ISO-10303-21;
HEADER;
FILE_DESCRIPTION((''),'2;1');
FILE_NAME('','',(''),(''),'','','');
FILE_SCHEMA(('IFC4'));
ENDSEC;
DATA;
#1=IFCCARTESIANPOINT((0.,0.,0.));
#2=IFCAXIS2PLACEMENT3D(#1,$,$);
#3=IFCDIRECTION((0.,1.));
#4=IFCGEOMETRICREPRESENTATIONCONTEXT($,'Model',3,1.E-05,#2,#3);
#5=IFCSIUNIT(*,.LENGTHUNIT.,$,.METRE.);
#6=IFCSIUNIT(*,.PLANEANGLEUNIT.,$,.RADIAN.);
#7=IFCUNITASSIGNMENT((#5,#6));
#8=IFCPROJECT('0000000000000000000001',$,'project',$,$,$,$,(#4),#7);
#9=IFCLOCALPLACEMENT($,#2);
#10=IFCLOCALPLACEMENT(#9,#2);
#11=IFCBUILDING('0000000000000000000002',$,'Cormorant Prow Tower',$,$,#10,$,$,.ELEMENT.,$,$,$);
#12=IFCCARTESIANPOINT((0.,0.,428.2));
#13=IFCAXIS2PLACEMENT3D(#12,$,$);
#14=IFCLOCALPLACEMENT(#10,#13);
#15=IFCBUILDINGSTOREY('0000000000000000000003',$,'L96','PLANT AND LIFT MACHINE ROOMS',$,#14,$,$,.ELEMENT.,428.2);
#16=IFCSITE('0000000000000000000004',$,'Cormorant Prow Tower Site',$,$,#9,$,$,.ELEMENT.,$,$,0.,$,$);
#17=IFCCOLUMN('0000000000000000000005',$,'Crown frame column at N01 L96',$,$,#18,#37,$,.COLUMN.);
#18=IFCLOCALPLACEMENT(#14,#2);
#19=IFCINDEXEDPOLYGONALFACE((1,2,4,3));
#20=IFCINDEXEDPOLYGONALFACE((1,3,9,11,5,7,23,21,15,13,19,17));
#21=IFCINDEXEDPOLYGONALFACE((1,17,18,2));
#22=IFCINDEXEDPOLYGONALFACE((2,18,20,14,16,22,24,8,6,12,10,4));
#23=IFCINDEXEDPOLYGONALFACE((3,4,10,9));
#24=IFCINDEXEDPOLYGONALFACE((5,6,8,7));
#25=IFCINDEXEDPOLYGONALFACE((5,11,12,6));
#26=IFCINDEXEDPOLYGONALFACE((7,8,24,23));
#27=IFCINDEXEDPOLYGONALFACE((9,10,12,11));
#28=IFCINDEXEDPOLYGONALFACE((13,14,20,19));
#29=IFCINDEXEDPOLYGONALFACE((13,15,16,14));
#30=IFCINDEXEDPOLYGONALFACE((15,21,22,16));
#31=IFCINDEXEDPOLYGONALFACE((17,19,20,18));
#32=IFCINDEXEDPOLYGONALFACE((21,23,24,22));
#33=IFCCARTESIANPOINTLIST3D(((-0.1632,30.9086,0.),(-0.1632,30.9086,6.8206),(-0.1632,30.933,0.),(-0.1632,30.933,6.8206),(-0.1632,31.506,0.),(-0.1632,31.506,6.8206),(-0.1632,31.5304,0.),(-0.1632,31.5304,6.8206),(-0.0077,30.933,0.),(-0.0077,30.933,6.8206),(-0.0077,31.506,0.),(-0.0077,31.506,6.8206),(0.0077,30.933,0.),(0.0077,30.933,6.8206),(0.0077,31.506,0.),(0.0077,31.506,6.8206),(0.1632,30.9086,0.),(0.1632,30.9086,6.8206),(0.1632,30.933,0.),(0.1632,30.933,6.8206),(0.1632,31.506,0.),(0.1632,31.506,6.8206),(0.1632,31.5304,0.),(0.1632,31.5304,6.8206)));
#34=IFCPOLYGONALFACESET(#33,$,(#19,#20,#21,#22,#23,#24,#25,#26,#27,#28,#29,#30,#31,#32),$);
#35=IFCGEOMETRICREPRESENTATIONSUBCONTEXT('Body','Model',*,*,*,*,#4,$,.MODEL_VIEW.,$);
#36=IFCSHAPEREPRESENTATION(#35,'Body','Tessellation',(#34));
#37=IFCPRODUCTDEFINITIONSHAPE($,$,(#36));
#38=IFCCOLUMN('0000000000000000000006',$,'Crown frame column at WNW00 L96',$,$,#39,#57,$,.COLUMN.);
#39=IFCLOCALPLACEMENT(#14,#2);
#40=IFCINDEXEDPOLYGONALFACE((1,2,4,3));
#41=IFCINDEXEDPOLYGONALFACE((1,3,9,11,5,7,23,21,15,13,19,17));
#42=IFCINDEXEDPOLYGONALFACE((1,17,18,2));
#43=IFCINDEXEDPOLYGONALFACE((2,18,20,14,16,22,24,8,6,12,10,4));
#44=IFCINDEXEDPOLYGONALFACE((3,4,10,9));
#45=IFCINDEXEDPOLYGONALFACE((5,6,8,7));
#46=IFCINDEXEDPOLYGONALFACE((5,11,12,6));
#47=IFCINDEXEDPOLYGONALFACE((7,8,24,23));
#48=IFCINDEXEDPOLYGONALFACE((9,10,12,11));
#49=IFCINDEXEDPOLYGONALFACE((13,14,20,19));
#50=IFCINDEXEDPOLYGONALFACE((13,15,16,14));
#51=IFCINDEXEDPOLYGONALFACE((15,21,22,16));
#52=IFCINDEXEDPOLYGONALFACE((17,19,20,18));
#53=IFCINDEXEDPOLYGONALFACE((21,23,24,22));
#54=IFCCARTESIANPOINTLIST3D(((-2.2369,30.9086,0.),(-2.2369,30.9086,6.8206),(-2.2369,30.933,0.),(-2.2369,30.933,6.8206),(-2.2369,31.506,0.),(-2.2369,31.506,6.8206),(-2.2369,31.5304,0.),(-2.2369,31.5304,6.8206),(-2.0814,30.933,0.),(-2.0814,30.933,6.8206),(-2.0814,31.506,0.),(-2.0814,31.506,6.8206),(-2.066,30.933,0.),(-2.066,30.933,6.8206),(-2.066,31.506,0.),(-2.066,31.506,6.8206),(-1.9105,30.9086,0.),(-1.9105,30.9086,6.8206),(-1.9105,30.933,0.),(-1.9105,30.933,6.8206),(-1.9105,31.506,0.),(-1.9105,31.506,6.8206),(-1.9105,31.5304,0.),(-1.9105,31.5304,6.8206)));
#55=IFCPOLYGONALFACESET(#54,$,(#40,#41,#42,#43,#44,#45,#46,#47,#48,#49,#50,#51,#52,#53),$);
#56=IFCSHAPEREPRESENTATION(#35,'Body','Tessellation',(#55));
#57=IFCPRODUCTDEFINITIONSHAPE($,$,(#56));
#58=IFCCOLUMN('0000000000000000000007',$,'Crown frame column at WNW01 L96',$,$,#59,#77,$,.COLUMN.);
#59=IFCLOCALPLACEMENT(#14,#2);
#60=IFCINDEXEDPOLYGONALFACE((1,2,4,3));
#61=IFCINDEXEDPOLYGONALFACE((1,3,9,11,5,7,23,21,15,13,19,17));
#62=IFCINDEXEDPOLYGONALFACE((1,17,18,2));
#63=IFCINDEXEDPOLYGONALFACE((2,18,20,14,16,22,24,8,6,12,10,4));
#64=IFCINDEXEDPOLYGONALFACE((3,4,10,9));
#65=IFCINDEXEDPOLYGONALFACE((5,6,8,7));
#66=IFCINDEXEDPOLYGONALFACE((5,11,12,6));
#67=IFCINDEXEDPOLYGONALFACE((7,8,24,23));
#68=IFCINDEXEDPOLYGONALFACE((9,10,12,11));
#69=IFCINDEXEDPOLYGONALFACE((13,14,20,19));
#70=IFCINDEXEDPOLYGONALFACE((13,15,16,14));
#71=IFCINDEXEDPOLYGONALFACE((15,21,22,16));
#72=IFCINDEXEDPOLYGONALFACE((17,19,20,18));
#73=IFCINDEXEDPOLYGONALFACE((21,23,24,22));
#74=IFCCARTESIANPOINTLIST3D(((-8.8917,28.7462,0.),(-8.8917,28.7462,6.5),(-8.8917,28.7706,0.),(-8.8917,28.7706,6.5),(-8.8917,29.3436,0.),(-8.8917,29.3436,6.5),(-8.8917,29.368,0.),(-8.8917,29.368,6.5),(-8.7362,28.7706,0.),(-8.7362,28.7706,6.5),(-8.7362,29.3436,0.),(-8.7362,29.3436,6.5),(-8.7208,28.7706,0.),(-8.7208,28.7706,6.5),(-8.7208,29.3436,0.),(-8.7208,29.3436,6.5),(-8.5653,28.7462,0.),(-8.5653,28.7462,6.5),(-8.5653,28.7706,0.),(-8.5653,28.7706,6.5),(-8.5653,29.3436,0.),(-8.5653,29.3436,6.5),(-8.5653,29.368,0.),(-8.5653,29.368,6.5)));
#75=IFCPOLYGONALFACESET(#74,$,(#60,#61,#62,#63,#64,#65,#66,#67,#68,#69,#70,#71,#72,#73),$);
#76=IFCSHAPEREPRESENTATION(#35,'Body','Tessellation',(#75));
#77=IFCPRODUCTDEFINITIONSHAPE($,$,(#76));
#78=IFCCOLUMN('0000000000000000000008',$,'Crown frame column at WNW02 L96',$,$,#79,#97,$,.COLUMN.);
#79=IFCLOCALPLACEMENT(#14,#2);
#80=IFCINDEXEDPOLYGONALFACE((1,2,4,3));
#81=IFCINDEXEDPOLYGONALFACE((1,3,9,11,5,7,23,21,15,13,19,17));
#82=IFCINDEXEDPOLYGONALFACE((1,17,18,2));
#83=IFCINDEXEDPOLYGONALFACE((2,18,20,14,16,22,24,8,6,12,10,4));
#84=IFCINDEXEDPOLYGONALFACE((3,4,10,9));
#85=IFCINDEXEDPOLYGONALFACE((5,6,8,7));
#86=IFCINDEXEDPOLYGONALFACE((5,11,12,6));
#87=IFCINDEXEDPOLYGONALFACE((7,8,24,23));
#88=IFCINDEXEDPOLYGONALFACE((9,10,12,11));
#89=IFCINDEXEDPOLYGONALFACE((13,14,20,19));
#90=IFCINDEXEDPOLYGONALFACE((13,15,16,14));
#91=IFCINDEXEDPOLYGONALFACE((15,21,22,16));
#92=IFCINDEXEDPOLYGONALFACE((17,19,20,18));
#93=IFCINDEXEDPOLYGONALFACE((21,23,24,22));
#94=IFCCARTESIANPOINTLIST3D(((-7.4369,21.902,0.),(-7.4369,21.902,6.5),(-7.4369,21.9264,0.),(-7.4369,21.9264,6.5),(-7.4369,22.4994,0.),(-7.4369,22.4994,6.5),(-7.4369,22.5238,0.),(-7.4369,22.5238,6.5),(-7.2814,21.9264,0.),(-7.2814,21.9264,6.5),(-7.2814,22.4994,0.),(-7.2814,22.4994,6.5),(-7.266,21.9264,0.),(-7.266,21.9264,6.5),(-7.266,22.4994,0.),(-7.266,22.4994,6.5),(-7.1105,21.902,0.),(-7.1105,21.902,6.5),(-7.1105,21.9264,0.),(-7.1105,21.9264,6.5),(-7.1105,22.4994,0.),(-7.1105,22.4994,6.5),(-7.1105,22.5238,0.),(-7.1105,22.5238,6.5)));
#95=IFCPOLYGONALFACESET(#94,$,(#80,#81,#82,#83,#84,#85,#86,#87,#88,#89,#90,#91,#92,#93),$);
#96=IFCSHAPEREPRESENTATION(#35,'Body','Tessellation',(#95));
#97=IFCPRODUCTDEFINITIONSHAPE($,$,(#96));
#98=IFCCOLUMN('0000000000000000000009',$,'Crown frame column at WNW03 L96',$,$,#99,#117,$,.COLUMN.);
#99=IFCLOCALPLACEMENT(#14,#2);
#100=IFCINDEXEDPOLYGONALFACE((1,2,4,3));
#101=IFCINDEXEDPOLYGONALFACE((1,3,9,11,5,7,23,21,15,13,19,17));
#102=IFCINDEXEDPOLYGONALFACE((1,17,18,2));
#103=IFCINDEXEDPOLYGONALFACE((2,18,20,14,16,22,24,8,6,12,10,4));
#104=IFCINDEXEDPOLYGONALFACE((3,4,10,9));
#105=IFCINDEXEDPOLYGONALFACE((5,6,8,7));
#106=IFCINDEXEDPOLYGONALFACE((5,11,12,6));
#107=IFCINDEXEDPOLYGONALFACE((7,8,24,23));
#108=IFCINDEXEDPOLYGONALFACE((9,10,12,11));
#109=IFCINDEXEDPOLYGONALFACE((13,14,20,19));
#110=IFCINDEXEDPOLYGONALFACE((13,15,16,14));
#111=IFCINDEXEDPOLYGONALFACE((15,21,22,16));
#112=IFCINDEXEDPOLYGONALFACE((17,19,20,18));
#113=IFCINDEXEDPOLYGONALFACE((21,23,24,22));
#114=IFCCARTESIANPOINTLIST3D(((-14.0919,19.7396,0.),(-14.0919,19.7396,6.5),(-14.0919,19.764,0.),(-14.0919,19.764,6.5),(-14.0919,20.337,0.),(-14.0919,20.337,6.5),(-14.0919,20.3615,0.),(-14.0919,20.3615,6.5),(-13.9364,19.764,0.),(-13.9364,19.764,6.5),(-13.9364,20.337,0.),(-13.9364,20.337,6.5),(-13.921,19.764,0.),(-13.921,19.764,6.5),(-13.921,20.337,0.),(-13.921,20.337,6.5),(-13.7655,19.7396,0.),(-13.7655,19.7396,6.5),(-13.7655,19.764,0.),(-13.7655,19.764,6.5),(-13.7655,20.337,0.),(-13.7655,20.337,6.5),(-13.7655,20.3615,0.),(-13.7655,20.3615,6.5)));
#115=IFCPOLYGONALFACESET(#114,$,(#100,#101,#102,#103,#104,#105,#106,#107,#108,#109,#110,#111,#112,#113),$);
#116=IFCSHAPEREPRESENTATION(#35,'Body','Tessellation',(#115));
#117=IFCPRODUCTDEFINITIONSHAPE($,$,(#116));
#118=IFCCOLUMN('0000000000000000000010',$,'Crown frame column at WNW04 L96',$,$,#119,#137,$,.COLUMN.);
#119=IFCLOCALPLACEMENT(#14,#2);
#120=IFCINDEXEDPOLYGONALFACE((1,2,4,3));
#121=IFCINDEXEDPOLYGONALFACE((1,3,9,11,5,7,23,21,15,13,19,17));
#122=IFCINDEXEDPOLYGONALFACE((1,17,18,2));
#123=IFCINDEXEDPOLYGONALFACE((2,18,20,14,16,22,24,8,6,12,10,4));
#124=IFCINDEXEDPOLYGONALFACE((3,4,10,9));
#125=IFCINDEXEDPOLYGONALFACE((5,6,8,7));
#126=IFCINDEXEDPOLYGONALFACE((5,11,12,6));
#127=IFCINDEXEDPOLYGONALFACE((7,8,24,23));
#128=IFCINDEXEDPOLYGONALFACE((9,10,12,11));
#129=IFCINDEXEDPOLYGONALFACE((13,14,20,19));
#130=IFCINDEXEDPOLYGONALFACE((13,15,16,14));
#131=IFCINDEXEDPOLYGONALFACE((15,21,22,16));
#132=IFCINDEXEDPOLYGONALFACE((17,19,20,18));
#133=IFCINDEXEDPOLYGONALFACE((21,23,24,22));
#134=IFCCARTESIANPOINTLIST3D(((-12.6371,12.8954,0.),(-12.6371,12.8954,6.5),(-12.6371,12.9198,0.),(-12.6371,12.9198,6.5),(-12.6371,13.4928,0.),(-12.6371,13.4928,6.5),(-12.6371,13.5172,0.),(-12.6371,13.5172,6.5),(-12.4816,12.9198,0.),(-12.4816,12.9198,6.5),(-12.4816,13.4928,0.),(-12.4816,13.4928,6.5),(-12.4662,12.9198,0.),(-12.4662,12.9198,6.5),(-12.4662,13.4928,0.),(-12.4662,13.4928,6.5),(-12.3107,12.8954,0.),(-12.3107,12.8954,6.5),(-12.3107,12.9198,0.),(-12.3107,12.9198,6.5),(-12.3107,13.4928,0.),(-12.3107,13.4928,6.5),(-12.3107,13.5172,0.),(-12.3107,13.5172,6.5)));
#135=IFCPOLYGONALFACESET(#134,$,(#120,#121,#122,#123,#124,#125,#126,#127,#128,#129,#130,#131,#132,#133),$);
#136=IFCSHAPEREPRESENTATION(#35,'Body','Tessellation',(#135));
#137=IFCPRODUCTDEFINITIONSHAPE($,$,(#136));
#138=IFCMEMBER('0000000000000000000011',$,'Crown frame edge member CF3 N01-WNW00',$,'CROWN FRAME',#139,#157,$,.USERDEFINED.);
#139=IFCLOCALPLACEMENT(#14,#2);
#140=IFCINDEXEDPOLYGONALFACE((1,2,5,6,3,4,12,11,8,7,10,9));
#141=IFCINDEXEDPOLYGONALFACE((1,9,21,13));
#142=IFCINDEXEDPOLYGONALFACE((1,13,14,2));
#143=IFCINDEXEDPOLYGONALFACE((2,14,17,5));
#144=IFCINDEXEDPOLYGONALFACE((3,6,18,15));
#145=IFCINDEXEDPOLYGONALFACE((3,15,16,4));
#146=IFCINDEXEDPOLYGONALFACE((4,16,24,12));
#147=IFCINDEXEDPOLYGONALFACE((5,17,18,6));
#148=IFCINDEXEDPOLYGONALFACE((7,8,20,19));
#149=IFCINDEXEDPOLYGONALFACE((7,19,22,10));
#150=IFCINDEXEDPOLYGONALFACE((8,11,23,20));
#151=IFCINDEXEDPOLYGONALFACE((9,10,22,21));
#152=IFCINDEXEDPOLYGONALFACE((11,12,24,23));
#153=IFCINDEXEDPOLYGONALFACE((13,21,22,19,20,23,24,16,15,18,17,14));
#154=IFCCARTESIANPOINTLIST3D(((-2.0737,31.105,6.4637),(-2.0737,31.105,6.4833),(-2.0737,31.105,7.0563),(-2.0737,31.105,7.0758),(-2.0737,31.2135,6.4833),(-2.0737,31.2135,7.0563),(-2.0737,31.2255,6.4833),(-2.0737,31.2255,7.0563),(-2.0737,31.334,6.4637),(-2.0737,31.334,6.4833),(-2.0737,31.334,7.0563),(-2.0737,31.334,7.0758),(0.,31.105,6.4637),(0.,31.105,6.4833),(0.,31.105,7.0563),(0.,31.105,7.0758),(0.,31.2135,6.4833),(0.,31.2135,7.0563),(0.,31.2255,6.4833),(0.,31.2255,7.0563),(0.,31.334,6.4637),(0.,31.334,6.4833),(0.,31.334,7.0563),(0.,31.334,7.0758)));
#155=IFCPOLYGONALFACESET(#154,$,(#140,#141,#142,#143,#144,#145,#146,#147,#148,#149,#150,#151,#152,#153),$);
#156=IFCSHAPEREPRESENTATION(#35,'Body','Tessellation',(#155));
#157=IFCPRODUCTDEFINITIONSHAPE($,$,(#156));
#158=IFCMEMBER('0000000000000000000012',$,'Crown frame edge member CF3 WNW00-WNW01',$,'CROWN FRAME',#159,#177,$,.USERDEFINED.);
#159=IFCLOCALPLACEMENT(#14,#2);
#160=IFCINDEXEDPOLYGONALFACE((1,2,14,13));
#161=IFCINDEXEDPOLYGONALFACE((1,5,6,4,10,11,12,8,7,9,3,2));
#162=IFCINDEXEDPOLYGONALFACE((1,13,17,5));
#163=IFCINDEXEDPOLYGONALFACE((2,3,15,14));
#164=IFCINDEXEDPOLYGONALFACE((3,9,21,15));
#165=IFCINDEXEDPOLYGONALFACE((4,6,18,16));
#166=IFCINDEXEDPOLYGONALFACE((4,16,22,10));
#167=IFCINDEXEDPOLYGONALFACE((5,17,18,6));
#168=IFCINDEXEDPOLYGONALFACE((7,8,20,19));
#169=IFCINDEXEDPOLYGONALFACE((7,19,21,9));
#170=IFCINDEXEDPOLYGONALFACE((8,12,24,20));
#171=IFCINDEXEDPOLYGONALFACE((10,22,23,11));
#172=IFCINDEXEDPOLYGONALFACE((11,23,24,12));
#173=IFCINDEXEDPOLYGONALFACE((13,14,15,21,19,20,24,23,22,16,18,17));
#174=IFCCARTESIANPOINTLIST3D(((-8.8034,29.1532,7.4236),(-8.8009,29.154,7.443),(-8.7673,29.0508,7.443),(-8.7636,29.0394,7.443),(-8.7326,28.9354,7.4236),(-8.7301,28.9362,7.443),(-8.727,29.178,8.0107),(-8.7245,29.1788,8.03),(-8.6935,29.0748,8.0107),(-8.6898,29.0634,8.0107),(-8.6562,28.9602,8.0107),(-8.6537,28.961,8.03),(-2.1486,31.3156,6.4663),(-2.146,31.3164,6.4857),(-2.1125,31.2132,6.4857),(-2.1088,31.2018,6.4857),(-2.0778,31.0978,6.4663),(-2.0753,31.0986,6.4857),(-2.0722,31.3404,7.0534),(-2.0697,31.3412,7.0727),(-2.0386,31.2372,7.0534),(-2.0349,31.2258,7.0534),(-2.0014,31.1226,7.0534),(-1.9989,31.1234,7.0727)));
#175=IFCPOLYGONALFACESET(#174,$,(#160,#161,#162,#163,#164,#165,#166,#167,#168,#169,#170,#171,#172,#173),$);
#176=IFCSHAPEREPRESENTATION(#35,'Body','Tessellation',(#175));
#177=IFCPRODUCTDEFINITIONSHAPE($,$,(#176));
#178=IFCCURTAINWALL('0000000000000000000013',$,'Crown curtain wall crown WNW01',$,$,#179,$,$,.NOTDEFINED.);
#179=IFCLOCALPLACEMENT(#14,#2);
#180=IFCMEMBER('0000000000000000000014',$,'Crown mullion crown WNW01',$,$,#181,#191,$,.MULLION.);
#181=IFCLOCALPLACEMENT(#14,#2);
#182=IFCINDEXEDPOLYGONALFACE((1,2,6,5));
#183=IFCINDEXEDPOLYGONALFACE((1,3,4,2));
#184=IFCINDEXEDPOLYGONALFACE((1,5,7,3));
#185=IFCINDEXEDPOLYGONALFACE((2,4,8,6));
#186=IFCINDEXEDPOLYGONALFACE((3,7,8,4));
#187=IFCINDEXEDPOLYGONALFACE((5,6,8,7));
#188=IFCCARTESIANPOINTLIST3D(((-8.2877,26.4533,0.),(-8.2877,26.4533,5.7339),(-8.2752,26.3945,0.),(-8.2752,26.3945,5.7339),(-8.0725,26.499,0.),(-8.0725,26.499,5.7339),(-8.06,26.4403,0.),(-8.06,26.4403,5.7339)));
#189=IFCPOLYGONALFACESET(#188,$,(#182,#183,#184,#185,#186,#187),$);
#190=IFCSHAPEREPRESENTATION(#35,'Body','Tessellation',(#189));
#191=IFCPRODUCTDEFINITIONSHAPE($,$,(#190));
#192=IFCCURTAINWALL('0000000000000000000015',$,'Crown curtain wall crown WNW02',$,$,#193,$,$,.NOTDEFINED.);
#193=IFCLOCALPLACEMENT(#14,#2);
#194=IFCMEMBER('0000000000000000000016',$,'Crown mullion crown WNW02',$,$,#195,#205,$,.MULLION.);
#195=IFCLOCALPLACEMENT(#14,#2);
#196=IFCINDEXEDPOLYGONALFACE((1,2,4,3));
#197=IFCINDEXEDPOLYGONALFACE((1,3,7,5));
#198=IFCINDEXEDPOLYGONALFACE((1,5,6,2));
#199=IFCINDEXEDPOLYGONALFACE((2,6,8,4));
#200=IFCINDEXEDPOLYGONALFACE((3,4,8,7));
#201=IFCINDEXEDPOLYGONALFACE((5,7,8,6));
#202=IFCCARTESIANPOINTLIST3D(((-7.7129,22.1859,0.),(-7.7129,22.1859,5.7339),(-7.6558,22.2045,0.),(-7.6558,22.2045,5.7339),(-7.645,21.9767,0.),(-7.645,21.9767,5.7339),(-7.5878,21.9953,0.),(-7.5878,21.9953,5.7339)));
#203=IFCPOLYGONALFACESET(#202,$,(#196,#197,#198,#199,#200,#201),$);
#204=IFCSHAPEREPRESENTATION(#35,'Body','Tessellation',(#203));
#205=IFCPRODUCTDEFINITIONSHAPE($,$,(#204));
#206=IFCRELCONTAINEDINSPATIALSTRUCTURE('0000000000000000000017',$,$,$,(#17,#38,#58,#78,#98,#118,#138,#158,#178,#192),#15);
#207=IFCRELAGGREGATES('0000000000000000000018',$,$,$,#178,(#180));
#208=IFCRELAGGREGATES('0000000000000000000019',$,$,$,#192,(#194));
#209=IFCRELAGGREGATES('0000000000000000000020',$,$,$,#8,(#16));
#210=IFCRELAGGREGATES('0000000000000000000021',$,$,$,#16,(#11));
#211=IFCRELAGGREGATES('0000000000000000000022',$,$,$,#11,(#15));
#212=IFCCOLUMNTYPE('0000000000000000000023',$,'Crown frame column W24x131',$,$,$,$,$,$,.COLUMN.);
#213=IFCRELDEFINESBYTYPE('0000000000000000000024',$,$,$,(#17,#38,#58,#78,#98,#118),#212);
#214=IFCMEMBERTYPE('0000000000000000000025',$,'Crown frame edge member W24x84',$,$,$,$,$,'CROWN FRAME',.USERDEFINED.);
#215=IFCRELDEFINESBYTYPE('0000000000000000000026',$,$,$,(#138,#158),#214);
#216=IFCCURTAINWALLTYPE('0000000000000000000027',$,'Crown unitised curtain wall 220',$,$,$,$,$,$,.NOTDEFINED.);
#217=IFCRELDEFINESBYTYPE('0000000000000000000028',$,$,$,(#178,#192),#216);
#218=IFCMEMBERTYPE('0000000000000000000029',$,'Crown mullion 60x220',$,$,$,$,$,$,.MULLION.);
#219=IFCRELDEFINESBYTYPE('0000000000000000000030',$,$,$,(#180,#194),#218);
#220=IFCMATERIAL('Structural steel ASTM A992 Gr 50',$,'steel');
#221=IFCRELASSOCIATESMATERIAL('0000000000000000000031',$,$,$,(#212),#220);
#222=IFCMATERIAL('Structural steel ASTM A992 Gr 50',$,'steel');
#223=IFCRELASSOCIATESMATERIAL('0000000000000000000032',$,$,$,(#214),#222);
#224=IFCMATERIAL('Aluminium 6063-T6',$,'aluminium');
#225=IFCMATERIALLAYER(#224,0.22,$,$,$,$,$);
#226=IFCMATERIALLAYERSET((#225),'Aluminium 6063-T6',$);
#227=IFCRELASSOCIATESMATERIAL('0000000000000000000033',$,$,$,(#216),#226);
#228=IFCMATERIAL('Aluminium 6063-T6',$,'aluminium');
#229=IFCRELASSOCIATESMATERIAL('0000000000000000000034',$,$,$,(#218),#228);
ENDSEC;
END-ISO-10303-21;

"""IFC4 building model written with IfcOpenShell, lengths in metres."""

from ifc_helpers import new_model, si_unit, direction, frame, origin, origin_2d, place, context, subcontext, project, spatial, rectangle, i_section, extrude, material, layer, layer_set, material_profile, profile_set, type_object, element, aggregate, save


model = new_model("IFC4")

# Units and contexts
model_context = context("Model", 3, precision=1e-05, world=origin(), true_north=direction((0.0, 1.0)))
body_context = subcontext(model_context, "Body", "Model", "MODEL_VIEW")
ifc_project = project(units=[si_unit("LENGTHUNIT", "METRE"), si_unit("PLANEANGLEUNIT", "RADIAN")], contexts=[model_context])

# Site, building, storey
site_placement = place(None, origin())
site = spatial("IfcSite", under=ifc_project, at=site_placement, Name="Cormorant Prow Tower Site", CompositionType="ELEMENT", RefElevation=0.0)
building_placement = place(site_placement, origin())
building = spatial("IfcBuilding", under=site, at=building_placement, Name="Cormorant Prow Tower", CompositionType="ELEMENT")
storey_placement = place(building_placement, frame((0.0, 0.0, 428.2)))
storey = spatial("IfcBuildingStorey", under=building, at=storey_placement, Name="L96", Description="PLANT AND LIFT MACHINE ROOMS", CompositionType="ELEMENT", Elevation=428.2)

# Columns
ifc_material_1 = material(Name="Structural steel ASTM A992 Gr 50", Category="steel")
ifc_material_profile_1 = material_profile(ifc_material_1, i_section(OverallWidth=0.3264, OverallDepth=0.6218, WebThickness=0.0154, FlangeThickness=0.0244, at=origin_2d()), Name="W24x131")
ifc_profile_set_1 = profile_set([ifc_material_profile_1], Name="Structural steel ASTM A992 Gr 50")
column_type = type_object("IfcColumnType", Name="Crown frame column W24x131", PredefinedType="COLUMN", material=ifc_profile_set_1)
for number, where, z_axis, x_axis, name in (
    (1, (0.0, 31.2195, 0.0), (0.0, 0.0, 1.0), (1.0, 0.0, 0.0), "Crown frame column at N01 L96"),
    (2, (-2.0737, 31.2195, 0.0), (0.0, 0.0, 1.0), (1.0, 0.0, 0.0), "Crown frame column at WNW00 L96"),
):
    element("IfcColumn", number, at=place(storey_placement, frame(where, z_axis=z_axis, x_axis=x_axis)), inside=storey, type_object=column_type, Name=name, PredefinedType="COLUMN", context=body_context, shape_type="SweptSolid", body=[
        extrude(i_section(OverallWidth=0.3264, OverallDepth=0.6218, WebThickness=0.0154, FlangeThickness=0.0244, at=origin_2d()), origin(), (0.0, 0.0, 1.0), 6.8206),
    ])
for number, where, z_axis, x_axis, name in (
    (3, (-8.7285, 29.0571, 0.0), (0.0, 0.0, 1.0), (1.0, 0.0, 0.0), "Crown frame column at WNW01 L96"),
    (4, (-7.2737, 22.2129, 0.0), (0.0, 0.0, 1.0), (1.0, 0.0, 0.0), "Crown frame column at WNW02 L96"),
    (5, (-13.9287, 20.0505, 0.0), (0.0, 0.0, 1.0), (1.0, 0.0, 0.0), "Crown frame column at WNW03 L96"),
    (6, (-12.4739, 13.2063, 0.0), (0.0, 0.0, 1.0), (1.0, 0.0, 0.0), "Crown frame column at WNW04 L96"),
):
    element("IfcColumn", number, at=place(storey_placement, frame(where, z_axis=z_axis, x_axis=x_axis)), inside=storey, type_object=column_type, Name=name, PredefinedType="COLUMN", context=body_context, shape_type="SweptSolid", body=[
        extrude(i_section(OverallWidth=0.3264, OverallDepth=0.6218, WebThickness=0.0154, FlangeThickness=0.0244, at=origin_2d()), origin(), (0.0, 0.0, 1.0), 6.5),
    ])

# Members
ifc_material_2 = material(Name="Structural steel ASTM A992 Gr 50", Category="steel")
ifc_material_profile_2 = material_profile(ifc_material_2, i_section(OverallWidth=0.229, OverallDepth=0.6121, WebThickness=0.012, FlangeThickness=0.0195, at=origin_2d()), Name="W24x84")
ifc_profile_set_2 = profile_set([ifc_material_profile_2], Name="Structural steel ASTM A992 Gr 50")
member_type_1 = type_object("IfcMemberType", Name="Crown frame edge member W24x84", ElementType="CROWN FRAME", PredefinedType="USERDEFINED", material=ifc_profile_set_2)
member_1_placement = place(storey_placement, frame((0.0, 31.2195, 6.7698), z_axis=(-1.0, 0.0, 0.0), x_axis=(0.0, -1.0, 0.0)))
element("IfcMember", 7, at=member_1_placement, inside=storey, type_object=member_type_1, Name="Crown frame edge member CF3 N01-WNW00", ObjectType="CROWN FRAME", PredefinedType="USERDEFINED", context=body_context, shape_type="SweptSolid", body=[
    extrude(i_section(OverallWidth=0.229, OverallDepth=0.6121, WebThickness=0.012, FlangeThickness=0.0195, at=origin_2d()), origin(), (0.0, 0.0, 1.0), 2.0737),
])
member_2_placement = place(storey_placement, frame((-2.0737, 31.2195, 6.7695), z_axis=(-0.942276, -0.306176, 0.135544), x_axis=(0.309028, -0.951053, 0.0)))
element("IfcMember", 8, at=member_2_placement, inside=storey, type_object=member_type_1, Name="Crown frame edge member CF3 WNW00-WNW01", ObjectType="CROWN FRAME", PredefinedType="USERDEFINED", context=body_context, shape_type="SweptSolid", body=[
    extrude(i_section(OverallWidth=0.229, OverallDepth=0.6121, WebThickness=0.012, FlangeThickness=0.0195, at=origin_2d()), origin(), (0.0, 0.0, 1.0), 7.0625),
])

# Curtain walls, members
ifc_material_3 = material(Name="Aluminium 6063-T6", Category="aluminium")
ifc_layer_1 = layer(ifc_material_3, 0.22)
ifc_layer_set_1 = layer_set([ifc_layer_1], Name="Aluminium 6063-T6")
curtain_wall_type = type_object("IfcCurtainWallType", Name="Crown unitised curtain wall 220", PredefinedType="NOTDEFINED", material=ifc_layer_set_1)
curtain_wall_1_placement = place(storey_placement, origin())
curtain_wall_1 = element("IfcCurtainWall", 9, at=curtain_wall_1_placement, inside=storey, type_object=curtain_wall_type, Name="Crown curtain wall crown WNW01", PredefinedType="NOTDEFINED")
ifc_material_4 = material(Name="Aluminium 6063-T6", Category="aluminium")
ifc_material_profile_3 = material_profile(ifc_material_4, rectangle(XDim=0.22, YDim=0.0601, at=origin_2d()), Name="Crown mullion 60x220")
ifc_profile_set_3 = profile_set([ifc_material_profile_3], Name="Aluminium 6063-T6")
member_type_2 = type_object("IfcMemberType", Name="Crown mullion 60x220", PredefinedType="MULLION", material=ifc_profile_set_3)
member_3_placement = place(storey_placement, frame((-8.1738, 26.4468, 0.0), z_axis=(0.0, 0.0, 1.0), x_axis=(0.978148, 0.207912, 0.0)))
member_3 = element("IfcMember", 10, at=member_3_placement, type_object=member_type_2, Name="Crown mullion crown WNW01", PredefinedType="MULLION", context=body_context, shape_type="SweptSolid", body=[
    extrude(rectangle(XDim=0.22, YDim=0.0601, at=origin_2d()), origin(), (0.0, 0.0, 1.0), 5.7339),
])
curtain_wall_2_placement = place(storey_placement, origin())
curtain_wall_2 = element("IfcCurtainWall", 11, at=curtain_wall_2_placement, inside=storey, type_object=curtain_wall_type, Name="Crown curtain wall crown WNW02", PredefinedType="NOTDEFINED")
member_4_placement = place(storey_placement, frame((-7.6504, 22.0906, 0.0), z_axis=(0.0, 0.0, 1.0), x_axis=(0.309017, -0.951057, 0.0)))
member_4 = element("IfcMember", 12, at=member_4_placement, type_object=member_type_2, Name="Crown mullion crown WNW02", PredefinedType="MULLION", context=body_context, shape_type="SweptSolid", body=[
    extrude(rectangle(XDim=0.22, YDim=0.0601, at=origin_2d()), origin(), (0.0, 0.0, 1.0), 5.7339),
])

aggregate(curtain_wall_1, [member_3])
aggregate(curtain_wall_2, [member_4])

save(model, "model.ifc")
